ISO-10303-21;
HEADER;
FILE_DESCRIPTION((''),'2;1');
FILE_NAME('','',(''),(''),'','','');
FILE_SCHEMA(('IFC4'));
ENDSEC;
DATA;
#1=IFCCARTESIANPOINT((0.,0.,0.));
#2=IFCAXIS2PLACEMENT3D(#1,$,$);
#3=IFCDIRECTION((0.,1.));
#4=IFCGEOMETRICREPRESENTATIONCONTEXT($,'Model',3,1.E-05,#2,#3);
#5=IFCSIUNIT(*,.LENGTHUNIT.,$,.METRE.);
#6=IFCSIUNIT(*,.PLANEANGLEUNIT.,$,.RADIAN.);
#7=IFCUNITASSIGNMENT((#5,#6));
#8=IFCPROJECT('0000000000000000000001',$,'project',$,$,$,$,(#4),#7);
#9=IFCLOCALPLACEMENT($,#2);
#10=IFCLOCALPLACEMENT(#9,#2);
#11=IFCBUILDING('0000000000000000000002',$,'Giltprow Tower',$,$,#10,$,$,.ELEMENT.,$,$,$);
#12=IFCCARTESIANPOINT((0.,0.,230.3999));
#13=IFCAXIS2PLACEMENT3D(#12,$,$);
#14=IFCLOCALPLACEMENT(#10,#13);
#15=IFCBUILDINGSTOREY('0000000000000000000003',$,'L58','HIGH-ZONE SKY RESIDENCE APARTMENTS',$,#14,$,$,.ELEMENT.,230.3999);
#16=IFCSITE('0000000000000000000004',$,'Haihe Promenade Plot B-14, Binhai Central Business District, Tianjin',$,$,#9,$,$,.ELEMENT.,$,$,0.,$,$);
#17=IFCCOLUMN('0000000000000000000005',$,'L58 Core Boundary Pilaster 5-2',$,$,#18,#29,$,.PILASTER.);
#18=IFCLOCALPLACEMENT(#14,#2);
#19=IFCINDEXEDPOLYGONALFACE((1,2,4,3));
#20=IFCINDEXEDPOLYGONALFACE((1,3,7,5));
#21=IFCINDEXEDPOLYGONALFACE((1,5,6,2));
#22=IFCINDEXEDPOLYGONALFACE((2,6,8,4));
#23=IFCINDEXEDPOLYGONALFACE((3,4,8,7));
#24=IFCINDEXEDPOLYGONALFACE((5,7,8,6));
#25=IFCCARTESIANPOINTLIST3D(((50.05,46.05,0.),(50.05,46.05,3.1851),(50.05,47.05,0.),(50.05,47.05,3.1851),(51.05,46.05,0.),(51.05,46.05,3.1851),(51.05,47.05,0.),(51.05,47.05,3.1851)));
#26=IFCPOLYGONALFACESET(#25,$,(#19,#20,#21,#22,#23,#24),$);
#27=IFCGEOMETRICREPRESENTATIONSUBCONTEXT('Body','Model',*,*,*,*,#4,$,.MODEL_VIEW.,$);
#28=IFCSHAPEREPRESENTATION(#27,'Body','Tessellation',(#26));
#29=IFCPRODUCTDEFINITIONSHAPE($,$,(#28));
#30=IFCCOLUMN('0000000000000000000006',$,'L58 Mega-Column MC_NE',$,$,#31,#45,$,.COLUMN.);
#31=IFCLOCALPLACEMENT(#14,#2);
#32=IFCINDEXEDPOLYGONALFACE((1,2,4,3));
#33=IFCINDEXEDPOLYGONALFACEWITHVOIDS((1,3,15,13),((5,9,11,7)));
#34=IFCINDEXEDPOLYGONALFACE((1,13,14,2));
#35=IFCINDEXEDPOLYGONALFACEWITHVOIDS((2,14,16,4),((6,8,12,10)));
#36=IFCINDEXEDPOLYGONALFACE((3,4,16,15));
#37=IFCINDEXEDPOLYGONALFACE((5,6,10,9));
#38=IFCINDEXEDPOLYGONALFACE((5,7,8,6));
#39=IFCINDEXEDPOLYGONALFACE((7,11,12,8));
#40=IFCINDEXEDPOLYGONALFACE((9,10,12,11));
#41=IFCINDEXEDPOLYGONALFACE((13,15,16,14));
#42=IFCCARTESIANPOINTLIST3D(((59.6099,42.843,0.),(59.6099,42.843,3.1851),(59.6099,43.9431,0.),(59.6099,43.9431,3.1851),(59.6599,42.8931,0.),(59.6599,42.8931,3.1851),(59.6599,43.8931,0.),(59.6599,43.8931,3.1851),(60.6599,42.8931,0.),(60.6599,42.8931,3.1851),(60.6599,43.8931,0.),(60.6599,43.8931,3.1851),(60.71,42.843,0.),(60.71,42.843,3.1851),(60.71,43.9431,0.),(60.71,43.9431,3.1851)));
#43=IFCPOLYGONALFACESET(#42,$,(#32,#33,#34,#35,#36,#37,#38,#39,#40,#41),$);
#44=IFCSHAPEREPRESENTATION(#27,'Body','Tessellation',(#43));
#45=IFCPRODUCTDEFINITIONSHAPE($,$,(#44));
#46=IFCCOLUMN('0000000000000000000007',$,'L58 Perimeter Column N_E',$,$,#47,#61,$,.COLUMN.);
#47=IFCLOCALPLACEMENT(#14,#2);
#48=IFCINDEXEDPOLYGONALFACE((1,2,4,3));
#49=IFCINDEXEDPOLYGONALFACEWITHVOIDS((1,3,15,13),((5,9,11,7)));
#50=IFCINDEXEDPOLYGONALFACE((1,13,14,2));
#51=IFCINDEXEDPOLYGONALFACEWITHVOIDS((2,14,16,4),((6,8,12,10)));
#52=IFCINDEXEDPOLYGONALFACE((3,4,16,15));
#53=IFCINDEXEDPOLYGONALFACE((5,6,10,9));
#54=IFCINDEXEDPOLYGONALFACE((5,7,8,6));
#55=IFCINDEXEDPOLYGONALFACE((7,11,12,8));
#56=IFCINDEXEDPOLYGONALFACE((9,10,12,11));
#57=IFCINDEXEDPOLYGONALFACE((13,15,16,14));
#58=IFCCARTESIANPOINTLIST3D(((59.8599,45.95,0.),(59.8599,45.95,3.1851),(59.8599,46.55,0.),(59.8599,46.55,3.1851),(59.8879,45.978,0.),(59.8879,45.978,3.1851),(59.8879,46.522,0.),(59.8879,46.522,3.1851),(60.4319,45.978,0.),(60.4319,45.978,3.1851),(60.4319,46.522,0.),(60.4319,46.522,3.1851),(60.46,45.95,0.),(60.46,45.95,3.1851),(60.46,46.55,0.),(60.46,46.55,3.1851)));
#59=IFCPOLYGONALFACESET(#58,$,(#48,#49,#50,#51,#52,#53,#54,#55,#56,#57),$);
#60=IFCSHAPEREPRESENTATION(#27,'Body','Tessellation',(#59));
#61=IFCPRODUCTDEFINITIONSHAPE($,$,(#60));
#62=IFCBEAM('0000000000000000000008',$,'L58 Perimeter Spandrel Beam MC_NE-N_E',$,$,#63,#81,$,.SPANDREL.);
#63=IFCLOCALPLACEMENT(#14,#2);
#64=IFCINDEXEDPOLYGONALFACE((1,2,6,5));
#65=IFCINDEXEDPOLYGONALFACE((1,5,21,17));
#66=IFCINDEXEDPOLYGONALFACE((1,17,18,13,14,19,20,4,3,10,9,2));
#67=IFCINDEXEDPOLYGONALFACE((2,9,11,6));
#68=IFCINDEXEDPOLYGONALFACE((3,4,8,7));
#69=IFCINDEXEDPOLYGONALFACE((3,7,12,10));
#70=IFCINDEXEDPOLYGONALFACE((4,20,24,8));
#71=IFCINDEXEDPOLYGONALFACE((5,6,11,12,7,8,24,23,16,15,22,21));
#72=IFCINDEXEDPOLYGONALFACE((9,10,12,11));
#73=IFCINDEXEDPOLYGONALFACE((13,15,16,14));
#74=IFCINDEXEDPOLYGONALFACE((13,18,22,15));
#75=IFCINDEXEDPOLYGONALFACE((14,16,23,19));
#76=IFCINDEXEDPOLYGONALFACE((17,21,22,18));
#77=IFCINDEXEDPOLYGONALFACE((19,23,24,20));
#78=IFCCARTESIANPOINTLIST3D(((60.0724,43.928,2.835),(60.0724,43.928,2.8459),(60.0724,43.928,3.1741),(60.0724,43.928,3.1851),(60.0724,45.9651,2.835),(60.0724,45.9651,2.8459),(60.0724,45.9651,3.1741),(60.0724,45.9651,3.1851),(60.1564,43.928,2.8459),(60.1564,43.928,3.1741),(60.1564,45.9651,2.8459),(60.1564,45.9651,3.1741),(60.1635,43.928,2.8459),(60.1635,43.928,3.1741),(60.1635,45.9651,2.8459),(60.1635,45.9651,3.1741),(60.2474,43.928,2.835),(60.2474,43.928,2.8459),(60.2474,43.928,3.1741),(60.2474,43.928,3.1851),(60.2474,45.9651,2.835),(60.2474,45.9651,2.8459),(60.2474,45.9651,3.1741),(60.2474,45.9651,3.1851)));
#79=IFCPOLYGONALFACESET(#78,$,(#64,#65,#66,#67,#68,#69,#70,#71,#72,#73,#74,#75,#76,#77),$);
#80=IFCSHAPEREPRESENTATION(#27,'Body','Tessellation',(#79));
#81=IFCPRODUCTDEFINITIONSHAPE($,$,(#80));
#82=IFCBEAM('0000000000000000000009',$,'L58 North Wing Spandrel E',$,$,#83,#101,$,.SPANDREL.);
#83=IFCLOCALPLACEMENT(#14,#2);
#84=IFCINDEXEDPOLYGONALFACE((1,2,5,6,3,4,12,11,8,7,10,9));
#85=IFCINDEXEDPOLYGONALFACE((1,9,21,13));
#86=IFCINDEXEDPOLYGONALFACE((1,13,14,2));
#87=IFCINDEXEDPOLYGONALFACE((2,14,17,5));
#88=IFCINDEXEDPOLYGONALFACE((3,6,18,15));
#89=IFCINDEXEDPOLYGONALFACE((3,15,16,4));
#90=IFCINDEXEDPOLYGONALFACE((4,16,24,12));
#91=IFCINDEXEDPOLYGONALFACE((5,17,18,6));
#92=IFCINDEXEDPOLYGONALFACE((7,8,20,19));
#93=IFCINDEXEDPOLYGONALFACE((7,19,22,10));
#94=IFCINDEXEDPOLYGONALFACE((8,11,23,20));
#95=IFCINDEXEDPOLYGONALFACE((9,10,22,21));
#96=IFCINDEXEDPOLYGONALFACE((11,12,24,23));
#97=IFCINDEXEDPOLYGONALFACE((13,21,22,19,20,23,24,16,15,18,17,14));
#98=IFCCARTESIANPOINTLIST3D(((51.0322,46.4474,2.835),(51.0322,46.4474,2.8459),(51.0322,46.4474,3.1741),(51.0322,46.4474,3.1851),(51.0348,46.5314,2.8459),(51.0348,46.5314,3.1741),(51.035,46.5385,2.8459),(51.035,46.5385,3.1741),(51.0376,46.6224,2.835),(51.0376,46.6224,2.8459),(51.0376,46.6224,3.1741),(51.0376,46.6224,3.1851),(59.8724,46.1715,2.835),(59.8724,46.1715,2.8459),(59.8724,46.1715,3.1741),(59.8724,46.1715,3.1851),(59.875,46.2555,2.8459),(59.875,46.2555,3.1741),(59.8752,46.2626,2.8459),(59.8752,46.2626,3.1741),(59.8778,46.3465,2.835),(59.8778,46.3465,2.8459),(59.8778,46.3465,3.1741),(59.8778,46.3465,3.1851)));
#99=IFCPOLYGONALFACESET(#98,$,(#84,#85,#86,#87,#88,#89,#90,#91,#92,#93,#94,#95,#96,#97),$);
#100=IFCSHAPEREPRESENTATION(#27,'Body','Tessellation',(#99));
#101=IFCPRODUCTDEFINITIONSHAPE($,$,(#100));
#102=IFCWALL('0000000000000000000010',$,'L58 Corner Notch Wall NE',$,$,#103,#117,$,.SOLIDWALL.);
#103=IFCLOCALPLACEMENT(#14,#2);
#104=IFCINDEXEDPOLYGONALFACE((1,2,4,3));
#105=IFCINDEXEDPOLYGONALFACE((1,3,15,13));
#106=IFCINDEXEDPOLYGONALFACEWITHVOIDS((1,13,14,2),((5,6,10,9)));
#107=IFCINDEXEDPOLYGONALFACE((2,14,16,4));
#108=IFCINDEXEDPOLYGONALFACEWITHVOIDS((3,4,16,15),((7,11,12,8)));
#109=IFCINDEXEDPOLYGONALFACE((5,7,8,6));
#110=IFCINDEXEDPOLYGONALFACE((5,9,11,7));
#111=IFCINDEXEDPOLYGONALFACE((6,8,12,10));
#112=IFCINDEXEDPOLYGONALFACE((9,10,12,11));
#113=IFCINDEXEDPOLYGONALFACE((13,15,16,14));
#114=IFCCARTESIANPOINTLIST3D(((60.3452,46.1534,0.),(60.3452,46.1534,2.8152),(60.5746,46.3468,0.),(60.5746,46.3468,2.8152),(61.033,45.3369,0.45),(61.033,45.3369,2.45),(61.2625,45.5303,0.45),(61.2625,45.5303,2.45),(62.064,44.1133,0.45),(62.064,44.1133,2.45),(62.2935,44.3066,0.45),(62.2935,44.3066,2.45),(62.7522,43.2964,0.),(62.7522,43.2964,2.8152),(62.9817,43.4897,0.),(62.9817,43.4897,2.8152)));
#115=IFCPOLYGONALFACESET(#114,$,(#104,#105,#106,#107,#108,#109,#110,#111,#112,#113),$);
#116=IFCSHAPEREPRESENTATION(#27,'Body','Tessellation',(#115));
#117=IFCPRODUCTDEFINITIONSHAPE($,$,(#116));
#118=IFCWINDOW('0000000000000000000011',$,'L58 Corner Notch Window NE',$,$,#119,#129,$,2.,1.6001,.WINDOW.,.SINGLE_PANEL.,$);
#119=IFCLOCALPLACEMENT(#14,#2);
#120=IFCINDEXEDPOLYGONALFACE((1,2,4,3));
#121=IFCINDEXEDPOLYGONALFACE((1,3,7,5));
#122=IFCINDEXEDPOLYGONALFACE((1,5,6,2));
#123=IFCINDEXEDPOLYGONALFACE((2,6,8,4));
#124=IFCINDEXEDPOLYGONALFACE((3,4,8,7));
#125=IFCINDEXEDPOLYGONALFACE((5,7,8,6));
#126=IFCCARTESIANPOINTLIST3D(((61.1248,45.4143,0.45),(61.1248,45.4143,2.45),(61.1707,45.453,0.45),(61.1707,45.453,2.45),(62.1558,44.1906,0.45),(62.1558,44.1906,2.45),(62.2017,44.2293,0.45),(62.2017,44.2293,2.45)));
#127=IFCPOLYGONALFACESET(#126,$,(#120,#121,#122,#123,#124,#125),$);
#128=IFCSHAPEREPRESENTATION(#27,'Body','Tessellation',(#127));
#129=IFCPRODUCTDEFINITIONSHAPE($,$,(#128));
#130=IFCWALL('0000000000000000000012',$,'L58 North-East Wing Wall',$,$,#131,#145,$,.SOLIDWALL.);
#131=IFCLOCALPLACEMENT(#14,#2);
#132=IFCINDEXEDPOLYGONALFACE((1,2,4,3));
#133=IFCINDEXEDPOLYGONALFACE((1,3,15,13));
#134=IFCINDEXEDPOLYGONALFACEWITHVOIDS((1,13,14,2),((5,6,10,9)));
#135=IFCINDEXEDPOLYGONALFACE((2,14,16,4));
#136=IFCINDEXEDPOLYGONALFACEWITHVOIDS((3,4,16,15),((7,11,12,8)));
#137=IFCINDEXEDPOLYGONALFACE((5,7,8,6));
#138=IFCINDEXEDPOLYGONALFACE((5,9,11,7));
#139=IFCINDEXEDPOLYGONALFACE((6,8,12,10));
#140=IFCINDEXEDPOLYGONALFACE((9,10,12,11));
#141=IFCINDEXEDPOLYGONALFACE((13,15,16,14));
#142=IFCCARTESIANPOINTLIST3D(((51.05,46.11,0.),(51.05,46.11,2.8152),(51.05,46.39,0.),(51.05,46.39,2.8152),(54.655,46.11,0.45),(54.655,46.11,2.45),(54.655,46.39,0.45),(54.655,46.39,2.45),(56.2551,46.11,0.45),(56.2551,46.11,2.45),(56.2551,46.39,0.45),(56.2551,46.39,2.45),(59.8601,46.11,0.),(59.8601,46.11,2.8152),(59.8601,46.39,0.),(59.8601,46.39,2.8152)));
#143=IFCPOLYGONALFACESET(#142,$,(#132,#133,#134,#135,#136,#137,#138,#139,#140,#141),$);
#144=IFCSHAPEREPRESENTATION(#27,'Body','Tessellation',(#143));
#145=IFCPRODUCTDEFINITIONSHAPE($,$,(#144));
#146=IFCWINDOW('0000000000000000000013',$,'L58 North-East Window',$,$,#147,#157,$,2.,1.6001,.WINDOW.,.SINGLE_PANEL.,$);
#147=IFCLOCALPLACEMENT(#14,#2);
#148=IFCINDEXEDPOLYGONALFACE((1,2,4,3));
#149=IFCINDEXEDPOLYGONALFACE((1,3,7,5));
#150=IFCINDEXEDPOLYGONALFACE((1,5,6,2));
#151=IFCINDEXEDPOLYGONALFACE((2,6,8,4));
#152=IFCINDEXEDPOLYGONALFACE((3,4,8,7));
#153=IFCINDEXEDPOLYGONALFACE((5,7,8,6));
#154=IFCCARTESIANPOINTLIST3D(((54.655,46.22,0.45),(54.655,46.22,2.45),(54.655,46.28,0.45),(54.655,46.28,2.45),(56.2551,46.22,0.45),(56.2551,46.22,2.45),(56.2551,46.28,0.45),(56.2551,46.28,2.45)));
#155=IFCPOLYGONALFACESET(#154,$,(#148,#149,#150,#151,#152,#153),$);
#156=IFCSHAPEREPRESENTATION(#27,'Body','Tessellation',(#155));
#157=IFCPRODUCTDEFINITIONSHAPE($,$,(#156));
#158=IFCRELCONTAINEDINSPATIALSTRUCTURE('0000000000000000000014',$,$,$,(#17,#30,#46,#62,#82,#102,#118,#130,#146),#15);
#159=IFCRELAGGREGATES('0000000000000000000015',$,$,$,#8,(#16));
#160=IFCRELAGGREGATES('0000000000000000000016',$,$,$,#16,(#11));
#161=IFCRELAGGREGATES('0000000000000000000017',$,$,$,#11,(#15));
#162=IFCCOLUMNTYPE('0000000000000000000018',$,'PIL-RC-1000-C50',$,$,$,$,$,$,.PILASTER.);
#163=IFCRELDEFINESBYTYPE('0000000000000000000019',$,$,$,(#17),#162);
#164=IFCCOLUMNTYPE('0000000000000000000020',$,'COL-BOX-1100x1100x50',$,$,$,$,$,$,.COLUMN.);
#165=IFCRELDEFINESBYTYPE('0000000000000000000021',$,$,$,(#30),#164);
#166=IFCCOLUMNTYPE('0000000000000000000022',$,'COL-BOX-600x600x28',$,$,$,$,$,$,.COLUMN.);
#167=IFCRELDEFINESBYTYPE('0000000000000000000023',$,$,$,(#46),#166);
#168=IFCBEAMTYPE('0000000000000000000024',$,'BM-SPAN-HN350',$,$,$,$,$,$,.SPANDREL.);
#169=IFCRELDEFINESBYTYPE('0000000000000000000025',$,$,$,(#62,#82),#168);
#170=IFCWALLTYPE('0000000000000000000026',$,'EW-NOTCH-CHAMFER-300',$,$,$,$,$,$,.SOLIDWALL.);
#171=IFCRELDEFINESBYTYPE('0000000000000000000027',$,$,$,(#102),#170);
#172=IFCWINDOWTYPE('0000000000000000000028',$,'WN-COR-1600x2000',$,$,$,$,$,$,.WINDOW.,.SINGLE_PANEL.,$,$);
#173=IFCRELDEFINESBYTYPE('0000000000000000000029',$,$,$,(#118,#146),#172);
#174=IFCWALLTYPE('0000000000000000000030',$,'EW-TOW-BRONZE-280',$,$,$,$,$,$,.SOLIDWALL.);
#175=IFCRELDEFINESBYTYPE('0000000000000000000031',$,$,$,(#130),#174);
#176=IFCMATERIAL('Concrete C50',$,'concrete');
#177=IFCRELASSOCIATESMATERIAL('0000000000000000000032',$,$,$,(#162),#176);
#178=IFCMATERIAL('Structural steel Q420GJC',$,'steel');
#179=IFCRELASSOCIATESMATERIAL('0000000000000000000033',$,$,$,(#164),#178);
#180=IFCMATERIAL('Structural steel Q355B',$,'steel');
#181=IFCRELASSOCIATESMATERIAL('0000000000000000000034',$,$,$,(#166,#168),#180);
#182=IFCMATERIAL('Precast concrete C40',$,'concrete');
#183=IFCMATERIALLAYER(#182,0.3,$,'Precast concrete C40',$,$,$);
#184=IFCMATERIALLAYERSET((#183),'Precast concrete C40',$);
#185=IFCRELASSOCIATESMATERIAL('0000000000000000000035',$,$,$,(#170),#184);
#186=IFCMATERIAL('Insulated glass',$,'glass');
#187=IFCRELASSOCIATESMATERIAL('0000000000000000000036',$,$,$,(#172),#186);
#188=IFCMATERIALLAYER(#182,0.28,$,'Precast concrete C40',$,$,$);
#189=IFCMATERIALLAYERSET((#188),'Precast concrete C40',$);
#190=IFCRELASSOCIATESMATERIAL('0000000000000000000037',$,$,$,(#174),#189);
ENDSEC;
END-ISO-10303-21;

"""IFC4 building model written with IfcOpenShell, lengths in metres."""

from ifc_helpers import new_model, si_unit, direction, frame, frame_2d, origin, origin_2d, place, context, subcontext, project, spatial, rectangle, hollow_rectangle, i_section, extrude, source, transform, mapped, material, layer, layer_set, material_profile, profile_set, type_object, element, fill, save


model = new_model("IFC4")

# Units and contexts
model_context = context("Model", 3, precision=1e-05, world=origin(), true_north=direction((0.0, 1.0)))
body_context = subcontext(model_context, "Body", "Model", "MODEL_VIEW")
ifc_project = project(units=[si_unit("LENGTHUNIT", "METRE"), si_unit("PLANEANGLEUNIT", "RADIAN")], contexts=[model_context])

# Site, building, storey
site_placement = place(None, origin())
site = spatial("IfcSite", under=ifc_project, at=site_placement, Name="Haihe Promenade Plot B-14, Binhai Central Business District, Tianjin", CompositionType="ELEMENT", RefElevation=0.0)
building_placement = place(site_placement, origin())
building = spatial("IfcBuilding", under=site, at=building_placement, Name="Giltprow Tower", CompositionType="ELEMENT")
storey_placement = place(building_placement, frame((0.0, 0.0, 230.3999)))
storey = spatial("IfcBuildingStorey", under=building, at=storey_placement, Name="L58", Description="HIGH-ZONE SKY RESIDENCE APARTMENTS", CompositionType="ELEMENT", Elevation=230.3999)

# Columns
ifc_material_1 = material(Name="Concrete C50", Category="concrete")
ifc_material_profile_1 = material_profile(ifc_material_1, rectangle(XDim=1.0, YDim=1.0, at=origin_2d()), Name="RC 1000x1000")
ifc_profile_set_1 = profile_set([ifc_material_profile_1], Name="Concrete C50")
column_type_1 = type_object("IfcColumnType", Name="PIL-RC-1000-C50", PredefinedType="PILASTER", material=ifc_profile_set_1)
shared_shape_1 = source(origin(), body_context, "Body", "SweptSolid", [
    extrude(rectangle(XDim=1.0, YDim=1.0, at=origin_2d()), origin(), (0.0, 0.0, 1.0), 3.1851),
])
column_1_placement = place(storey_placement, frame((50.55, 46.55, 0.0), z_axis=(0.0, 0.0, 1.0), x_axis=(1.0, 0.0, 0.0)))
element("IfcColumn", 1, at=column_1_placement, inside=storey, type_object=column_type_1, Name="L58 Core Boundary Pilaster 5-2", PredefinedType="PILASTER", context=body_context, shape_type="MappedRepresentation", body=[
    mapped(shared_shape_1, transform((0.0, 0.0, 0.0), x_axis=(1.0, 0.0, 0.0), y_axis=(0.0, 1.0, 0.0), z_axis=(0.0, 0.0, 1.0), scale=1.0)),
])
ifc_material_2 = material(Name="Structural steel Q420GJC", Category="steel")
ifc_material_profile_2 = material_profile(ifc_material_2, hollow_rectangle(XDim=1.1001, YDim=1.1001, WallThickness=0.05, at=origin_2d()), Name="BOX 1100x1100x50")
ifc_profile_set_2 = profile_set([ifc_material_profile_2], Name="Structural steel Q420GJC")
column_type_2 = type_object("IfcColumnType", Name="COL-BOX-1100x1100x50", PredefinedType="COLUMN", material=ifc_profile_set_2)
shared_shape_2 = source(origin(), body_context, "Body", "SweptSolid", [
    extrude(hollow_rectangle(XDim=1.1001, YDim=1.1001, WallThickness=0.05, at=origin_2d()), origin(), (0.0, 0.0, 1.0), 3.1851),
])
column_2_placement = place(storey_placement, frame((60.1599, 43.3931, 0.0), z_axis=(0.0, 0.0, 1.0), x_axis=(1.0, 0.0, 0.0)))
element("IfcColumn", 2, at=column_2_placement, inside=storey, type_object=column_type_2, Name="L58 Mega-Column MC_NE", PredefinedType="COLUMN", context=body_context, shape_type="MappedRepresentation", body=[
    mapped(shared_shape_2, transform((0.0, 0.0, 0.0), x_axis=(1.0, 0.0, 0.0), y_axis=(0.0, 1.0, 0.0), z_axis=(0.0, 0.0, 1.0), scale=1.0)),
])
ifc_material_3 = material(Name="Structural steel Q355B", Category="steel")
ifc_material_profile_3 = material_profile(ifc_material_3, hollow_rectangle(XDim=0.6001, YDim=0.6001, WallThickness=0.0281, at=origin_2d()), Name="BOX 600x600x28")
ifc_profile_set_3 = profile_set([ifc_material_profile_3], Name="Structural steel Q355B")
column_type_3 = type_object("IfcColumnType", Name="COL-BOX-600x600x28", PredefinedType="COLUMN", material=ifc_profile_set_3)
shared_shape_3 = source(origin(), body_context, "Body", "SweptSolid", [
    extrude(hollow_rectangle(XDim=0.6001, YDim=0.6001, WallThickness=0.0281, at=origin_2d()), origin(), (0.0, 0.0, 1.0), 3.1851),
])
column_3_placement = place(storey_placement, frame((60.1599, 46.25, 0.0), z_axis=(0.0, 0.0, 1.0), x_axis=(1.0, 0.0, 0.0)))
element("IfcColumn", 3, at=column_3_placement, inside=storey, type_object=column_type_3, Name="L58 Perimeter Column N_E", PredefinedType="COLUMN", context=body_context, shape_type="MappedRepresentation", body=[
    mapped(shared_shape_3, transform((0.0, 0.0, 0.0), x_axis=(1.0, 0.0, 0.0), y_axis=(0.0, 1.0, 0.0), z_axis=(0.0, 0.0, 1.0), scale=1.0)),
])

# Beams
ifc_material_profile_4 = material_profile(ifc_material_3, i_section(OverallWidth=0.175, OverallDepth=0.3501, WebThickness=0.0071, FlangeThickness=0.011, at=origin_2d()), Name="HN 350x175x7x11")
ifc_profile_set_4 = profile_set([ifc_material_profile_4], Name="Structural steel Q355B")
beam_type = type_object("IfcBeamType", Name="BM-SPAN-HN350", PredefinedType="SPANDREL", material=ifc_profile_set_4)
shared_shape_4 = source(origin(), body_context, "Body", "SweptSolid", [
    extrude(i_section(OverallWidth=0.175, OverallDepth=0.3501, WebThickness=0.0071, FlangeThickness=0.011, at=origin_2d()), origin(), (0.0, 0.0, 1.0), 2.0371),
])
beam_1_placement = place(storey_placement, frame((60.1599, 43.928, 3.01), z_axis=(0.0, 1.0, 0.0), x_axis=(-1.0, 0.0, 0.0)))
element("IfcBeam", 4, at=beam_1_placement, inside=storey, type_object=beam_type, Name="L58 Perimeter Spandrel Beam MC_NE-N_E", PredefinedType="SPANDREL", context=body_context, shape_type="MappedRepresentation", body=[
    mapped(shared_shape_4, transform((0.0, 0.0, 0.0), x_axis=(1.0, 0.0, 0.0), y_axis=(0.0, 1.0, 0.0), z_axis=(0.0, 0.0, 1.0), scale=1.0)),
])
shared_shape_5 = source(origin(), body_context, "Body", "SweptSolid", [
    extrude(i_section(OverallWidth=0.175, OverallDepth=0.3501, WebThickness=0.0071, FlangeThickness=0.011, at=origin_2d()), origin(), (0.0, 0.0, 1.0), 8.8445),
])
beam_2_placement = place(storey_placement, frame((51.0349, 46.5349, 3.01), z_axis=(0.999513, -0.031193, 0.0), x_axis=(0.031193, 0.999513, 0.0)))
element("IfcBeam", 5, at=beam_2_placement, inside=storey, type_object=beam_type, Name="L58 North Wing Spandrel E", PredefinedType="SPANDREL", context=body_context, shape_type="MappedRepresentation", body=[
    mapped(shared_shape_5, transform((0.0, 0.0, 0.0), x_axis=(1.0, 0.0, 0.0), y_axis=(0.0, 1.0, 0.0), z_axis=(0.0, 0.0, 1.0), scale=1.0)),
])

# Walls, openings, windows
ifc_material_4 = material(Name="Precast concrete C40", Category="concrete")
ifc_layer_1 = layer(ifc_material_4, 0.3, Name="Precast concrete C40")
ifc_layer_set_1 = layer_set([ifc_layer_1], Name="Precast concrete C40")
wall_type_1 = type_object("IfcWallType", Name="EW-NOTCH-CHAMFER-300", PredefinedType="SOLIDWALL", material=ifc_layer_set_1)
wall_1_placement = place(storey_placement, frame((62.8669, 43.3931, 0.0), z_axis=(0.0, 0.0, 1.0), x_axis=(-0.644315, 0.76476, 0.0)))
wall_1 = element("IfcWall", 6, at=wall_1_placement, inside=storey, type_object=wall_type_1, Name="L58 Corner Notch Wall NE", PredefinedType="SOLIDWALL", context=body_context, shape_type="SweptSolid", body=[
    extrude(rectangle(XDim=3.7358, YDim=0.3, at=frame_2d((1.8679, 0.0))), origin(), (0.0, 0.0, 1.0), 2.8152),
])
opening_1_placement = place(wall_1_placement, frame((1.0681, 0.0, 0.45)))
opening_1 = element("IfcOpeningElement", 7, at=opening_1_placement, cuts=wall_1, PredefinedType="OPENING", context=body_context, shape_type="SweptSolid", body=[
    extrude(rectangle(XDim=1.6001, YDim=2.0, at=frame_2d((0.8, 1.0))), frame((0.0, 0.1599, 0.0), z_axis=(0.0, -1.0, 0.0), x_axis=(1.0, 0.0, 0.0)), (0.0, 0.0, 1.0), 0.3201),
])
ifc_material_5 = material(Name="Insulated glass", Category="glass")
window_type = type_object("IfcWindowType", Name="WN-COR-1600x2000", PartitioningType="SINGLE_PANEL", PredefinedType="WINDOW", material=ifc_material_5)
shared_shape_6 = source(origin(), body_context, "Body", "SweptSolid", [
    extrude(rectangle(XDim=1.6001, YDim=2.0, at=frame_2d((0.8, 1.0))), frame((0.0, 0.03, 0.0), z_axis=(0.0, -1.0, 0.0), x_axis=(1.0, 0.0, 0.0)), (0.0, 0.0, 1.0), 0.0601),
])
window_1_placement = place(opening_1_placement, origin())
window_1 = element("IfcWindow", 8, at=window_1_placement, inside=storey, type_object=window_type, Name="L58 Corner Notch Window NE", OverallHeight=2.0, OverallWidth=1.6001, PartitioningType="SINGLE_PANEL", PredefinedType="WINDOW", context=body_context, shape_type="MappedRepresentation", body=[
    mapped(shared_shape_6, transform((0.0, 0.0, 0.0), x_axis=(1.0, 0.0, 0.0), y_axis=(0.0, 1.0, 0.0), z_axis=(0.0, 0.0, 1.0), scale=1.0)),
])
fill(opening_1, window_1)
ifc_layer_2 = layer(ifc_material_4, 0.28, Name="Precast concrete C40")
ifc_layer_set_2 = layer_set([ifc_layer_2], Name="Precast concrete C40")
wall_type_2 = type_object("IfcWallType", Name="EW-TOW-BRONZE-280", PredefinedType="SOLIDWALL", material=ifc_layer_set_2)
wall_2_placement = place(storey_placement, frame((51.05, 46.25, 0.0), z_axis=(0.0, 0.0, 1.0), x_axis=(1.0, 0.0, 0.0)))
wall_2 = element("IfcWall", 9, at=wall_2_placement, inside=storey, type_object=wall_type_2, Name="L58 North-East Wing Wall", PredefinedType="SOLIDWALL", context=body_context, shape_type="SweptSolid", body=[
    extrude(rectangle(XDim=8.8101, YDim=0.28, at=frame_2d((4.405, 0.0))), origin(), (0.0, 0.0, 1.0), 2.8152),
])
opening_2_placement = place(wall_2_placement, frame((3.605, 0.0, 0.45)))
opening_2 = element("IfcOpeningElement", 10, at=opening_2_placement, cuts=wall_2, PredefinedType="OPENING", context=body_context, shape_type="SweptSolid", body=[
    extrude(rectangle(XDim=1.6001, YDim=2.0, at=frame_2d((0.8, 1.0))), frame((0.0, 0.1499, 0.0), z_axis=(0.0, -1.0, 0.0), x_axis=(1.0, 0.0, 0.0)), (0.0, 0.0, 1.0), 0.3),
])
window_2_placement = place(opening_2_placement, origin())
window_2 = element("IfcWindow", 11, at=window_2_placement, inside=storey, type_object=window_type, Name="L58 North-East Window", OverallHeight=2.0, OverallWidth=1.6001, PartitioningType="SINGLE_PANEL", PredefinedType="WINDOW", context=body_context, shape_type="MappedRepresentation", body=[
    mapped(shared_shape_6, transform((0.0, 0.0, 0.0), x_axis=(1.0, 0.0, 0.0), y_axis=(0.0, 1.0, 0.0), z_axis=(0.0, 0.0, 1.0), scale=1.0)),
])
fill(opening_2, window_2)

save(model, "model.ifc")
